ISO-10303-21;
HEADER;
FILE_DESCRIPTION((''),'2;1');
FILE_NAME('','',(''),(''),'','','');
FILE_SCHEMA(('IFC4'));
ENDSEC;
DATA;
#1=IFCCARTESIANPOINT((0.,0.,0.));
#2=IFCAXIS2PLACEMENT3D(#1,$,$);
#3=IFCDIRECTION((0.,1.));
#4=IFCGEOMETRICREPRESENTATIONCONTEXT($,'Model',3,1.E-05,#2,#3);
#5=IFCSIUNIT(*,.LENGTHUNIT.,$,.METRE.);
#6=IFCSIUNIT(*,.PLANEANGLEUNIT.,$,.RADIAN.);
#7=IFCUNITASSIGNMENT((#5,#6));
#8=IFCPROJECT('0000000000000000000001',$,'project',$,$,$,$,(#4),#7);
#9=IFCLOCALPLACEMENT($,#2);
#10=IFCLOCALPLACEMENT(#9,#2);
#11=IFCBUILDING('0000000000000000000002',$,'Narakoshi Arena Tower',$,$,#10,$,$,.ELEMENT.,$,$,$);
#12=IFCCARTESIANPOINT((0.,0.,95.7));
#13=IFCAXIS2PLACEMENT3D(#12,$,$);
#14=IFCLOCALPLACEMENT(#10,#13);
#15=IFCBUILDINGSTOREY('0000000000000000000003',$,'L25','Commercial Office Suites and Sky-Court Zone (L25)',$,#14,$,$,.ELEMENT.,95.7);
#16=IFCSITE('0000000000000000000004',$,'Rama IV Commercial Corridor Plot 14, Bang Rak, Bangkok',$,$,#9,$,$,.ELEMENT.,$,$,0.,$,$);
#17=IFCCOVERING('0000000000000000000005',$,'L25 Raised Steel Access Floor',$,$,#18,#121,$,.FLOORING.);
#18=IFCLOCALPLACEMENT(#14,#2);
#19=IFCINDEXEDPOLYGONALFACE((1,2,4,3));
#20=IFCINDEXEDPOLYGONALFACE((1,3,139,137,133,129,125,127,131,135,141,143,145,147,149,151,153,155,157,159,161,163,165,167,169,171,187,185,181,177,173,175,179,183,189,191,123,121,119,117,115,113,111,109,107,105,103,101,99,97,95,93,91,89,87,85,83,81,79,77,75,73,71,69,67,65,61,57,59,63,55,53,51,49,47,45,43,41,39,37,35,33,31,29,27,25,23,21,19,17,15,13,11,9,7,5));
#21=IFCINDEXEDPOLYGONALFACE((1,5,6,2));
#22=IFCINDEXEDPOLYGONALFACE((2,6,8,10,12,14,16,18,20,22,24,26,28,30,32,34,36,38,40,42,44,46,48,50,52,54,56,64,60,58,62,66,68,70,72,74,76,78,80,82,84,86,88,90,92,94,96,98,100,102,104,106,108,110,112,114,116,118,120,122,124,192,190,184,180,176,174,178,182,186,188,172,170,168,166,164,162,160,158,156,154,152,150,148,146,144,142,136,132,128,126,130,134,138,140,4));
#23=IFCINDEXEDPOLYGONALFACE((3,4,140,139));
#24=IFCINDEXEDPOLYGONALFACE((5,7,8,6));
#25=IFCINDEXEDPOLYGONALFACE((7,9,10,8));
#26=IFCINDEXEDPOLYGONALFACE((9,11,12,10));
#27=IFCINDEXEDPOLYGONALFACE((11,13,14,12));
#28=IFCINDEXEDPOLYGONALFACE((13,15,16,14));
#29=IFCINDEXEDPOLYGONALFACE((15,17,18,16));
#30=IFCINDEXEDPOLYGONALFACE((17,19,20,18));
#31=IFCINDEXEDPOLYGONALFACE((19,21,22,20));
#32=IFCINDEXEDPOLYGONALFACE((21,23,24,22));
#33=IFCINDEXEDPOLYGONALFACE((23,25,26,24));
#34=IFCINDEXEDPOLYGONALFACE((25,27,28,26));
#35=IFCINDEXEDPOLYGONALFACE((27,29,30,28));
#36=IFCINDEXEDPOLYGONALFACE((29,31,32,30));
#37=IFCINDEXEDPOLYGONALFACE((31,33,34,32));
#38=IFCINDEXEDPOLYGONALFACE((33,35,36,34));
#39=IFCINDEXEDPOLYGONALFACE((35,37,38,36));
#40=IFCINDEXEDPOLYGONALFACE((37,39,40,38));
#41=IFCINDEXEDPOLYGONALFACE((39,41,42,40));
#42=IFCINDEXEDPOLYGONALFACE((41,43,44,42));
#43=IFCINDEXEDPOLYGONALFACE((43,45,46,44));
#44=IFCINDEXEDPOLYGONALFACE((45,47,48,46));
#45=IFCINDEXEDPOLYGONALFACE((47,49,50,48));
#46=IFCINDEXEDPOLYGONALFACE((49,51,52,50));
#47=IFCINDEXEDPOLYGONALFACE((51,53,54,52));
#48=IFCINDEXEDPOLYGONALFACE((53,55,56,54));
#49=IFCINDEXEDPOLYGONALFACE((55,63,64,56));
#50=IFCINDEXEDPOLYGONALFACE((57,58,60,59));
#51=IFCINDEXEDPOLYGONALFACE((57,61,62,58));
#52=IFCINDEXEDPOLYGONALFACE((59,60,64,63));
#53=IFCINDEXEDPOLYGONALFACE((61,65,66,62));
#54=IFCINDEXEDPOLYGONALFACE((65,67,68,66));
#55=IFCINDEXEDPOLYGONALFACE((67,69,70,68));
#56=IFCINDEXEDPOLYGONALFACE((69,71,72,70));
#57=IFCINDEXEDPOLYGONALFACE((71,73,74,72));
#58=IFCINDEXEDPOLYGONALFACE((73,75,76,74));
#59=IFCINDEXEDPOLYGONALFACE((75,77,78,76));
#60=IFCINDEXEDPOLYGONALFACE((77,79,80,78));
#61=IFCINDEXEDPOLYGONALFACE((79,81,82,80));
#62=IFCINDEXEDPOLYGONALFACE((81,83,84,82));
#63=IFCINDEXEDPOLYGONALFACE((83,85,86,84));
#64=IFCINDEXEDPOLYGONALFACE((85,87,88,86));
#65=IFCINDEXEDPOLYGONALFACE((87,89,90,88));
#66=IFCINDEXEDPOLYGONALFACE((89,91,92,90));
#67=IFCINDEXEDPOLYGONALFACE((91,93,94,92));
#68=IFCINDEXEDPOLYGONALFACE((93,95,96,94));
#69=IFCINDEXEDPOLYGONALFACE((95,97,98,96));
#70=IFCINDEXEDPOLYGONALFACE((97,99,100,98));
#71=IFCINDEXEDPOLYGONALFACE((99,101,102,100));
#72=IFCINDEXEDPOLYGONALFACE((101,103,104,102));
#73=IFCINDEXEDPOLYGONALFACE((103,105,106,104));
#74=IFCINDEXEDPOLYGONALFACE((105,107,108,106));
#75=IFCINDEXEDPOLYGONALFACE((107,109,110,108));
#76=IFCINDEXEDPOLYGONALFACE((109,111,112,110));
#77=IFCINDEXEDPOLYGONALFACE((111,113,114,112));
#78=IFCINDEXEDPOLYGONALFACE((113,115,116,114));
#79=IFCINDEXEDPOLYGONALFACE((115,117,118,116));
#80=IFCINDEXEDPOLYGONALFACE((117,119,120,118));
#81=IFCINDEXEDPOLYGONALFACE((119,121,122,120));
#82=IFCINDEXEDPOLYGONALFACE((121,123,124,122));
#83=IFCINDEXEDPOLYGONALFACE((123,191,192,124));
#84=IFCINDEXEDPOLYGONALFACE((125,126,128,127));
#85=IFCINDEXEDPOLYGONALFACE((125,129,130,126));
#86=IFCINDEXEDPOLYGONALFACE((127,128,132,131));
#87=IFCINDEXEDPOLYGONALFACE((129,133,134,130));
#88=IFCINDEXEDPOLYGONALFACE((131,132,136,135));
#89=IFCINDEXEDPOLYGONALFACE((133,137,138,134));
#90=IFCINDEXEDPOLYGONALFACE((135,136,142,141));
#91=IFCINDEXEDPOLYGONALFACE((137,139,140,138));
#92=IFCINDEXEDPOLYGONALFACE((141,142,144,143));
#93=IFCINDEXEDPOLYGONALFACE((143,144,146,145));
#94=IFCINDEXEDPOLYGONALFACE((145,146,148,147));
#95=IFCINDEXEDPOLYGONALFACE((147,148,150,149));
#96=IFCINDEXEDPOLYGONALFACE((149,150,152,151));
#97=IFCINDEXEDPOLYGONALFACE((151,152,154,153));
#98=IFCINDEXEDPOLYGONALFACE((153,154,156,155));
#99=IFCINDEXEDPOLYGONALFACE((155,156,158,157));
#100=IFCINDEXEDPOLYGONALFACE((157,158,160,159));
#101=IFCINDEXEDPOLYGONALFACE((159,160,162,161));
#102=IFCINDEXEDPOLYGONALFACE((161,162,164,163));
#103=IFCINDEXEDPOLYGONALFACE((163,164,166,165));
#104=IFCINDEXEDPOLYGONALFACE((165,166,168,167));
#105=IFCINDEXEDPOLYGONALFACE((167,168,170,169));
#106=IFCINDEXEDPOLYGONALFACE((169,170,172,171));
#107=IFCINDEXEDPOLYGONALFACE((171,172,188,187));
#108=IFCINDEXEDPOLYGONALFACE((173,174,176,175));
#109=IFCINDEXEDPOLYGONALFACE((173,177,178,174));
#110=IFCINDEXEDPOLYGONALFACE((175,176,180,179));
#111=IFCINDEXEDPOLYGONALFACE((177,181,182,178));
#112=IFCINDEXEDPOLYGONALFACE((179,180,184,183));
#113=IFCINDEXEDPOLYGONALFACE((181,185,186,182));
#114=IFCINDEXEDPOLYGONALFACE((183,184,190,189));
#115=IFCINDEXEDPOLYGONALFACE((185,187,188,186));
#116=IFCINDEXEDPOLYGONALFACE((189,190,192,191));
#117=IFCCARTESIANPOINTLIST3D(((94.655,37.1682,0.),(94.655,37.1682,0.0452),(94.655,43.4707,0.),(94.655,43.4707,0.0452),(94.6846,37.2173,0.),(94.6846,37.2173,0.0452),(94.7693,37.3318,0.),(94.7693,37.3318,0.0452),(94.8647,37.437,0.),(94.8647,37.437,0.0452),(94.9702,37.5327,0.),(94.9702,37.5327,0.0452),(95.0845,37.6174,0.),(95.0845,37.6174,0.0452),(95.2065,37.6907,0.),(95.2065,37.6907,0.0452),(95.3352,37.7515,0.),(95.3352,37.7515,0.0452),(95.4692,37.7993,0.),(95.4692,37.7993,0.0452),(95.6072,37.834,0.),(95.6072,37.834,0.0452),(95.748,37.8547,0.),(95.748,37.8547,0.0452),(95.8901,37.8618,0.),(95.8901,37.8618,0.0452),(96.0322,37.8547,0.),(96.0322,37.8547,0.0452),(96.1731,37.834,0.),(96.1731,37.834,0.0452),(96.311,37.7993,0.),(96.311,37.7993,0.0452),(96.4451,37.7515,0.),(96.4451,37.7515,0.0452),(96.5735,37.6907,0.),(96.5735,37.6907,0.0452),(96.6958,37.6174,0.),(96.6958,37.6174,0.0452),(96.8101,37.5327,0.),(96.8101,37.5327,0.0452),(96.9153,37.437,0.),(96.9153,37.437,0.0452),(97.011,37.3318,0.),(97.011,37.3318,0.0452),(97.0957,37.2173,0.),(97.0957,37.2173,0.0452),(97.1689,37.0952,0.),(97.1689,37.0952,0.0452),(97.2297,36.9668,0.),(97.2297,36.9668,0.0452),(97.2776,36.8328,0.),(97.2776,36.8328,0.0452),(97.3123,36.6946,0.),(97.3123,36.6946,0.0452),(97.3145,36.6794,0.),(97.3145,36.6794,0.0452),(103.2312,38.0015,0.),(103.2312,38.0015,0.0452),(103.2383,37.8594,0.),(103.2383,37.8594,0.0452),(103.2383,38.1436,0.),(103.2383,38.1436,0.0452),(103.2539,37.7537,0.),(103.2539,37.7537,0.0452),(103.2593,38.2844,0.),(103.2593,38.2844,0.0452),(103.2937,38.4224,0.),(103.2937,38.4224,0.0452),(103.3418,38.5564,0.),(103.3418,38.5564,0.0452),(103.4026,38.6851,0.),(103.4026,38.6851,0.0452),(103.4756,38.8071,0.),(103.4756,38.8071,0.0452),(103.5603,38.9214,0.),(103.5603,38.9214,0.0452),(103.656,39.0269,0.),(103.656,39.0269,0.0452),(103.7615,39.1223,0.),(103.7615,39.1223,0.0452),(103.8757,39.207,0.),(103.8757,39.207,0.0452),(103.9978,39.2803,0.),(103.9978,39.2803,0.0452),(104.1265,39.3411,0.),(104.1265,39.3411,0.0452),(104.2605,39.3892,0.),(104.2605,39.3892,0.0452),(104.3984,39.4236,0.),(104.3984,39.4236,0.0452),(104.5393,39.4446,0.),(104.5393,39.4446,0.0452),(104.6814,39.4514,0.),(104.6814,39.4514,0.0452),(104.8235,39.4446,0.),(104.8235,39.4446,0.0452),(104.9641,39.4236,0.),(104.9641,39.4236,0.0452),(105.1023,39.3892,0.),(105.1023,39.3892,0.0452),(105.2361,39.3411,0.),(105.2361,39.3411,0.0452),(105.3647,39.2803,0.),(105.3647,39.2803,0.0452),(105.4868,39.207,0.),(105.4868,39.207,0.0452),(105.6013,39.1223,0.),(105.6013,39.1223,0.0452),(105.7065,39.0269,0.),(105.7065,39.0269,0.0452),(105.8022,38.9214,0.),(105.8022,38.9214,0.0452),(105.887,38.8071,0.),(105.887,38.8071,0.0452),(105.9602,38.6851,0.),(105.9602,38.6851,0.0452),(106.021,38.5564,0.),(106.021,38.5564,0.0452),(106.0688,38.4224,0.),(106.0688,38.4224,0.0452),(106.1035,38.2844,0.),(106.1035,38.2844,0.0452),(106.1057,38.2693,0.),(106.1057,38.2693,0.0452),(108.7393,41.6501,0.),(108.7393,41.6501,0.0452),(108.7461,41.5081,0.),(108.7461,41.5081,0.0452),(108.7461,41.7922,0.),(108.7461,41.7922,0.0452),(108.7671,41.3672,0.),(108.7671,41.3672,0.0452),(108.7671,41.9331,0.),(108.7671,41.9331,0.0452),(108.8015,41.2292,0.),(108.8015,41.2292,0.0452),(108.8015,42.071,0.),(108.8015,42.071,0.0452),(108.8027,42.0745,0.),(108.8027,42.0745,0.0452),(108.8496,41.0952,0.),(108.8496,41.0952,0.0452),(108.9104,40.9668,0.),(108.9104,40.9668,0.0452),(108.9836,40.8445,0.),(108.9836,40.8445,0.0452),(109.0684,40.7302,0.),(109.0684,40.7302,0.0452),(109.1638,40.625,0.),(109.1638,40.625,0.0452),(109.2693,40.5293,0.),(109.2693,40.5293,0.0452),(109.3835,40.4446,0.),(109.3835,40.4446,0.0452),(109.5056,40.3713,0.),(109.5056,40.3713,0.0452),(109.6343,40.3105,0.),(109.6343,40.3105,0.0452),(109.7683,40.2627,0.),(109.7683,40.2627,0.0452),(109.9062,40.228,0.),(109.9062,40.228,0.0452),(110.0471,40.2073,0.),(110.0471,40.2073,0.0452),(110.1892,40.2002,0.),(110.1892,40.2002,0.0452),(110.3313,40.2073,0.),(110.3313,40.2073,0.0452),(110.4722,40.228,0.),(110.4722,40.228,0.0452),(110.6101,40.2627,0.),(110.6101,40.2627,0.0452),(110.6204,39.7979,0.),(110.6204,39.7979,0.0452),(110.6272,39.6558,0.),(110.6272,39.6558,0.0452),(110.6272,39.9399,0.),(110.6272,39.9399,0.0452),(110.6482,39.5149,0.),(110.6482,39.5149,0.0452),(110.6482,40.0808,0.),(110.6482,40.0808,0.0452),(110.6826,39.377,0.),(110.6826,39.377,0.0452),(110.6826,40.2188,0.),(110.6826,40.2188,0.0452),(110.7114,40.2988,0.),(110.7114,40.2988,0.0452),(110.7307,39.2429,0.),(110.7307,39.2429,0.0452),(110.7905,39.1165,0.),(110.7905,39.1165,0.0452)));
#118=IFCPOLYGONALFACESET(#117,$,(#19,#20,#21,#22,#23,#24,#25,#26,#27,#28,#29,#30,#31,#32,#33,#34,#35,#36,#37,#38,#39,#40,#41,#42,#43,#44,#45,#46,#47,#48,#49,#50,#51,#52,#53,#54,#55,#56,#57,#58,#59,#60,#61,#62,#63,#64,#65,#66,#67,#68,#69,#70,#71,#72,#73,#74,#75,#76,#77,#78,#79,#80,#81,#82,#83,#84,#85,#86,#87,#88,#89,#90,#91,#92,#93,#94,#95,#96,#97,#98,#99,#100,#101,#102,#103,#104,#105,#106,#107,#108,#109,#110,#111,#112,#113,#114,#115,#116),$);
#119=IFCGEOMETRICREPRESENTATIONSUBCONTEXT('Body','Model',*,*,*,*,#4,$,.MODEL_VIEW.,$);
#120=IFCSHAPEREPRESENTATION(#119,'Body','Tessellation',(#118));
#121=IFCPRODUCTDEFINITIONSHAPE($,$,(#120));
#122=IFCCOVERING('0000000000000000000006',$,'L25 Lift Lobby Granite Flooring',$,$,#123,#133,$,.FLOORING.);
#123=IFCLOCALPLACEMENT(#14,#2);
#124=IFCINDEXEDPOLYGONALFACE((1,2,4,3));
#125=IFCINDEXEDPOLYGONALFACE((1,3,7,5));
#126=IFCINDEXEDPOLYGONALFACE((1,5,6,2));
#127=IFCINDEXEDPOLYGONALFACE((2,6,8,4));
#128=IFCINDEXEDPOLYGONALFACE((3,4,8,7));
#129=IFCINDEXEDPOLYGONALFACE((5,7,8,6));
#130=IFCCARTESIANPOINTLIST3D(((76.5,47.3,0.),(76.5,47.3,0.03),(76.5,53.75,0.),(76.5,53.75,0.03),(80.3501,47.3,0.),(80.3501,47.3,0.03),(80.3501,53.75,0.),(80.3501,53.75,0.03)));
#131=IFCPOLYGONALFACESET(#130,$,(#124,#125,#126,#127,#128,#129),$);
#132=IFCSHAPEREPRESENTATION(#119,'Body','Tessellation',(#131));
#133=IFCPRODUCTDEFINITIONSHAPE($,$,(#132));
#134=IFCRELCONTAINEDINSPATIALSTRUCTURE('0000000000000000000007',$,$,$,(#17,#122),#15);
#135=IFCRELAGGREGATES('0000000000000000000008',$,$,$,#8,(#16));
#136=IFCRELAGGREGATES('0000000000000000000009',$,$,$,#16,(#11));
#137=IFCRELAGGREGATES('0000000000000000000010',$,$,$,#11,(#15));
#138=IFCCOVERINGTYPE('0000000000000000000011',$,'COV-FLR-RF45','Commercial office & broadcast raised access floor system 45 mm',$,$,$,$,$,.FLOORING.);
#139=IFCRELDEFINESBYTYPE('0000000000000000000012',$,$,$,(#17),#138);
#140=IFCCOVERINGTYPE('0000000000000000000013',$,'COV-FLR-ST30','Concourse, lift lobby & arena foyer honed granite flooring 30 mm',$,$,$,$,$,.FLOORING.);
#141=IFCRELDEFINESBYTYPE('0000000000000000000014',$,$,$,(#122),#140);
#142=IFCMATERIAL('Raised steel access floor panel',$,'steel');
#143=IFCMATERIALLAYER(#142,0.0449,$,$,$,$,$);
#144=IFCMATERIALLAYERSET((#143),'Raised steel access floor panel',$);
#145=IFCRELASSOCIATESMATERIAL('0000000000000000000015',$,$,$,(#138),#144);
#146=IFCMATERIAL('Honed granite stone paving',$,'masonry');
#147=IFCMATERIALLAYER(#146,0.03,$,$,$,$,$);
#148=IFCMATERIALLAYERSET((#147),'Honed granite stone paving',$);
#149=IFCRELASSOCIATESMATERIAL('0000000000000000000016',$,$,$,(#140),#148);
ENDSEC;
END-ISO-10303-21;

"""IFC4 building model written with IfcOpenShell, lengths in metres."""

from ifc_helpers import new_model, si_unit, direction, frame, origin, place, context, subcontext, project, spatial, polyline, outline, extrude, material, layer, layer_set, type_object, element, save


model = new_model("IFC4")

# Units and contexts
model_context = context("Model", 3, precision=1e-05, world=origin(), true_north=direction((0.0, 1.0)))
body_context = subcontext(model_context, "Body", "Model", "MODEL_VIEW")
ifc_project = project(units=[si_unit("LENGTHUNIT", "METRE"), si_unit("PLANEANGLEUNIT", "RADIAN")], contexts=[model_context])

# Site, building, storey
site_placement = place(None, origin())
site = spatial("IfcSite", under=ifc_project, at=site_placement, Name="Rama IV Commercial Corridor Plot 14, Bang Rak, Bangkok", CompositionType="ELEMENT", RefElevation=0.0)
building_placement = place(site_placement, origin())
building = spatial("IfcBuilding", under=site, at=building_placement, Name="Narakoshi Arena Tower", CompositionType="ELEMENT")
storey_placement = place(building_placement, frame((0.0, 0.0, 95.7)))
storey = spatial("IfcBuildingStorey", under=building, at=storey_placement, Name="L25", Description="Commercial Office Suites and Sky-Court Zone (L25)", CompositionType="ELEMENT", Elevation=95.7)

# Coverings
ifc_material_1 = material(Name="Raised steel access floor panel", Category="steel")
ifc_layer_1 = layer(ifc_material_1, 0.0449)
ifc_layer_set_1 = layer_set([ifc_layer_1], Name="Raised steel access floor panel")
covering_type_1 = type_object("IfcCoveringType", Name="COV-FLR-RF45", Description="Commercial office & broadcast raised access floor system 45 mm", PredefinedType="FLOORING", material=ifc_layer_set_1)
covering_1_placement = place(storey_placement, origin())
element("IfcCovering", 1, at=covering_1_placement, inside=storey, type_object=covering_type_1, Name="L25 Raised Steel Access Floor", PredefinedType="FLOORING", context=body_context, shape_type="SweptSolid", body=[
    extrude(outline(polyline([(106.1057, 38.2693), (106.1035, 38.2844), (106.0688, 38.4224), (106.021, 38.5564), (105.9602, 38.6851), (105.887, 38.8071), (105.8022, 38.9214), (105.7065, 39.0269), (105.6013, 39.1223), (105.4868, 39.207), (105.3647, 39.2803), (105.2361, 39.3411), (105.1023, 39.3892), (104.9641, 39.4236), (104.8235, 39.4446), (104.6814, 39.4514), (104.5393, 39.4446), (104.3984, 39.4236), (104.2605, 39.3892), (104.1265, 39.3411), (103.9978, 39.2803), (103.8757, 39.207), (103.7615, 39.1223), (103.656, 39.0269), (103.5603, 38.9214), (103.4756, 38.8071), (103.4026, 38.6851), (103.3418, 38.5564), (103.2937, 38.4224), (103.2593, 38.2844), (103.2383, 38.1436), (103.2312, 38.0015), (103.2383, 37.8594), (103.2539, 37.7537), (97.3145, 36.6794), (97.3123, 36.6946), (97.2776, 36.8328), (97.2297, 36.9668), (97.1689, 37.0952), (97.0957, 37.2173), (97.011, 37.3318), (96.9153, 37.437), (96.8101, 37.5327), (96.6958, 37.6174), (96.5735, 37.6907), (96.4451, 37.7515), (96.311, 37.7993), (96.1731, 37.834), (96.0322, 37.8547), (95.8901, 37.8618), (95.748, 37.8547), (95.6072, 37.834), (95.4692, 37.7993), (95.3352, 37.7515), (95.2065, 37.6907), (95.0845, 37.6174), (94.9702, 37.5327), (94.8647, 37.437), (94.7693, 37.3318), (94.6846, 37.2173), (94.655, 37.1682), (94.655, 43.4707), (108.8027, 42.0745), (108.8015, 42.071), (108.7671, 41.9331), (108.7461, 41.7922), (108.7393, 41.6501), (108.7461, 41.5081), (108.7671, 41.3672), (108.8015, 41.2292), (108.8496, 41.0952), (108.9104, 40.9668), (108.9836, 40.8445), (109.0684, 40.7302), (109.1638, 40.625), (109.2693, 40.5293), (109.3835, 40.4446), (109.5056, 40.3713), (109.6343, 40.3105), (109.7683, 40.2627), (109.9062, 40.228), (110.0471, 40.2073), (110.1892, 40.2002), (110.3313, 40.2073), (110.4722, 40.228), (110.6101, 40.2627), (110.7114, 40.2988), (110.6826, 40.2188), (110.6482, 40.0808), (110.6272, 39.9399), (110.6204, 39.7979), (110.6272, 39.6558), (110.6482, 39.5149), (110.6826, 39.377), (110.7307, 39.2429), (110.7905, 39.1165), (106.1057, 38.2693)])), origin(), (0.0, 0.0, 1.0), 0.0452),
])
ifc_material_2 = material(Name="Honed granite stone paving", Category="masonry")
ifc_layer_2 = layer(ifc_material_2, 0.03)
ifc_layer_set_2 = layer_set([ifc_layer_2], Name="Honed granite stone paving")
covering_type_2 = type_object("IfcCoveringType", Name="COV-FLR-ST30", Description="Concourse, lift lobby & arena foyer honed granite flooring 30 mm", PredefinedType="FLOORING", material=ifc_layer_set_2)
covering_2_placement = place(storey_placement, origin())
element("IfcCovering", 2, at=covering_2_placement, inside=storey, type_object=covering_type_2, Name="L25 Lift Lobby Granite Flooring", PredefinedType="FLOORING", context=body_context, shape_type="SweptSolid", body=[
    extrude(outline(polyline([(76.5, 47.3), (80.3501, 47.3), (80.3501, 53.75), (76.5, 53.75), (76.5, 47.3)])), origin(), (0.0, 0.0, 1.0), 0.03),
])

save(model, "model.ifc")
